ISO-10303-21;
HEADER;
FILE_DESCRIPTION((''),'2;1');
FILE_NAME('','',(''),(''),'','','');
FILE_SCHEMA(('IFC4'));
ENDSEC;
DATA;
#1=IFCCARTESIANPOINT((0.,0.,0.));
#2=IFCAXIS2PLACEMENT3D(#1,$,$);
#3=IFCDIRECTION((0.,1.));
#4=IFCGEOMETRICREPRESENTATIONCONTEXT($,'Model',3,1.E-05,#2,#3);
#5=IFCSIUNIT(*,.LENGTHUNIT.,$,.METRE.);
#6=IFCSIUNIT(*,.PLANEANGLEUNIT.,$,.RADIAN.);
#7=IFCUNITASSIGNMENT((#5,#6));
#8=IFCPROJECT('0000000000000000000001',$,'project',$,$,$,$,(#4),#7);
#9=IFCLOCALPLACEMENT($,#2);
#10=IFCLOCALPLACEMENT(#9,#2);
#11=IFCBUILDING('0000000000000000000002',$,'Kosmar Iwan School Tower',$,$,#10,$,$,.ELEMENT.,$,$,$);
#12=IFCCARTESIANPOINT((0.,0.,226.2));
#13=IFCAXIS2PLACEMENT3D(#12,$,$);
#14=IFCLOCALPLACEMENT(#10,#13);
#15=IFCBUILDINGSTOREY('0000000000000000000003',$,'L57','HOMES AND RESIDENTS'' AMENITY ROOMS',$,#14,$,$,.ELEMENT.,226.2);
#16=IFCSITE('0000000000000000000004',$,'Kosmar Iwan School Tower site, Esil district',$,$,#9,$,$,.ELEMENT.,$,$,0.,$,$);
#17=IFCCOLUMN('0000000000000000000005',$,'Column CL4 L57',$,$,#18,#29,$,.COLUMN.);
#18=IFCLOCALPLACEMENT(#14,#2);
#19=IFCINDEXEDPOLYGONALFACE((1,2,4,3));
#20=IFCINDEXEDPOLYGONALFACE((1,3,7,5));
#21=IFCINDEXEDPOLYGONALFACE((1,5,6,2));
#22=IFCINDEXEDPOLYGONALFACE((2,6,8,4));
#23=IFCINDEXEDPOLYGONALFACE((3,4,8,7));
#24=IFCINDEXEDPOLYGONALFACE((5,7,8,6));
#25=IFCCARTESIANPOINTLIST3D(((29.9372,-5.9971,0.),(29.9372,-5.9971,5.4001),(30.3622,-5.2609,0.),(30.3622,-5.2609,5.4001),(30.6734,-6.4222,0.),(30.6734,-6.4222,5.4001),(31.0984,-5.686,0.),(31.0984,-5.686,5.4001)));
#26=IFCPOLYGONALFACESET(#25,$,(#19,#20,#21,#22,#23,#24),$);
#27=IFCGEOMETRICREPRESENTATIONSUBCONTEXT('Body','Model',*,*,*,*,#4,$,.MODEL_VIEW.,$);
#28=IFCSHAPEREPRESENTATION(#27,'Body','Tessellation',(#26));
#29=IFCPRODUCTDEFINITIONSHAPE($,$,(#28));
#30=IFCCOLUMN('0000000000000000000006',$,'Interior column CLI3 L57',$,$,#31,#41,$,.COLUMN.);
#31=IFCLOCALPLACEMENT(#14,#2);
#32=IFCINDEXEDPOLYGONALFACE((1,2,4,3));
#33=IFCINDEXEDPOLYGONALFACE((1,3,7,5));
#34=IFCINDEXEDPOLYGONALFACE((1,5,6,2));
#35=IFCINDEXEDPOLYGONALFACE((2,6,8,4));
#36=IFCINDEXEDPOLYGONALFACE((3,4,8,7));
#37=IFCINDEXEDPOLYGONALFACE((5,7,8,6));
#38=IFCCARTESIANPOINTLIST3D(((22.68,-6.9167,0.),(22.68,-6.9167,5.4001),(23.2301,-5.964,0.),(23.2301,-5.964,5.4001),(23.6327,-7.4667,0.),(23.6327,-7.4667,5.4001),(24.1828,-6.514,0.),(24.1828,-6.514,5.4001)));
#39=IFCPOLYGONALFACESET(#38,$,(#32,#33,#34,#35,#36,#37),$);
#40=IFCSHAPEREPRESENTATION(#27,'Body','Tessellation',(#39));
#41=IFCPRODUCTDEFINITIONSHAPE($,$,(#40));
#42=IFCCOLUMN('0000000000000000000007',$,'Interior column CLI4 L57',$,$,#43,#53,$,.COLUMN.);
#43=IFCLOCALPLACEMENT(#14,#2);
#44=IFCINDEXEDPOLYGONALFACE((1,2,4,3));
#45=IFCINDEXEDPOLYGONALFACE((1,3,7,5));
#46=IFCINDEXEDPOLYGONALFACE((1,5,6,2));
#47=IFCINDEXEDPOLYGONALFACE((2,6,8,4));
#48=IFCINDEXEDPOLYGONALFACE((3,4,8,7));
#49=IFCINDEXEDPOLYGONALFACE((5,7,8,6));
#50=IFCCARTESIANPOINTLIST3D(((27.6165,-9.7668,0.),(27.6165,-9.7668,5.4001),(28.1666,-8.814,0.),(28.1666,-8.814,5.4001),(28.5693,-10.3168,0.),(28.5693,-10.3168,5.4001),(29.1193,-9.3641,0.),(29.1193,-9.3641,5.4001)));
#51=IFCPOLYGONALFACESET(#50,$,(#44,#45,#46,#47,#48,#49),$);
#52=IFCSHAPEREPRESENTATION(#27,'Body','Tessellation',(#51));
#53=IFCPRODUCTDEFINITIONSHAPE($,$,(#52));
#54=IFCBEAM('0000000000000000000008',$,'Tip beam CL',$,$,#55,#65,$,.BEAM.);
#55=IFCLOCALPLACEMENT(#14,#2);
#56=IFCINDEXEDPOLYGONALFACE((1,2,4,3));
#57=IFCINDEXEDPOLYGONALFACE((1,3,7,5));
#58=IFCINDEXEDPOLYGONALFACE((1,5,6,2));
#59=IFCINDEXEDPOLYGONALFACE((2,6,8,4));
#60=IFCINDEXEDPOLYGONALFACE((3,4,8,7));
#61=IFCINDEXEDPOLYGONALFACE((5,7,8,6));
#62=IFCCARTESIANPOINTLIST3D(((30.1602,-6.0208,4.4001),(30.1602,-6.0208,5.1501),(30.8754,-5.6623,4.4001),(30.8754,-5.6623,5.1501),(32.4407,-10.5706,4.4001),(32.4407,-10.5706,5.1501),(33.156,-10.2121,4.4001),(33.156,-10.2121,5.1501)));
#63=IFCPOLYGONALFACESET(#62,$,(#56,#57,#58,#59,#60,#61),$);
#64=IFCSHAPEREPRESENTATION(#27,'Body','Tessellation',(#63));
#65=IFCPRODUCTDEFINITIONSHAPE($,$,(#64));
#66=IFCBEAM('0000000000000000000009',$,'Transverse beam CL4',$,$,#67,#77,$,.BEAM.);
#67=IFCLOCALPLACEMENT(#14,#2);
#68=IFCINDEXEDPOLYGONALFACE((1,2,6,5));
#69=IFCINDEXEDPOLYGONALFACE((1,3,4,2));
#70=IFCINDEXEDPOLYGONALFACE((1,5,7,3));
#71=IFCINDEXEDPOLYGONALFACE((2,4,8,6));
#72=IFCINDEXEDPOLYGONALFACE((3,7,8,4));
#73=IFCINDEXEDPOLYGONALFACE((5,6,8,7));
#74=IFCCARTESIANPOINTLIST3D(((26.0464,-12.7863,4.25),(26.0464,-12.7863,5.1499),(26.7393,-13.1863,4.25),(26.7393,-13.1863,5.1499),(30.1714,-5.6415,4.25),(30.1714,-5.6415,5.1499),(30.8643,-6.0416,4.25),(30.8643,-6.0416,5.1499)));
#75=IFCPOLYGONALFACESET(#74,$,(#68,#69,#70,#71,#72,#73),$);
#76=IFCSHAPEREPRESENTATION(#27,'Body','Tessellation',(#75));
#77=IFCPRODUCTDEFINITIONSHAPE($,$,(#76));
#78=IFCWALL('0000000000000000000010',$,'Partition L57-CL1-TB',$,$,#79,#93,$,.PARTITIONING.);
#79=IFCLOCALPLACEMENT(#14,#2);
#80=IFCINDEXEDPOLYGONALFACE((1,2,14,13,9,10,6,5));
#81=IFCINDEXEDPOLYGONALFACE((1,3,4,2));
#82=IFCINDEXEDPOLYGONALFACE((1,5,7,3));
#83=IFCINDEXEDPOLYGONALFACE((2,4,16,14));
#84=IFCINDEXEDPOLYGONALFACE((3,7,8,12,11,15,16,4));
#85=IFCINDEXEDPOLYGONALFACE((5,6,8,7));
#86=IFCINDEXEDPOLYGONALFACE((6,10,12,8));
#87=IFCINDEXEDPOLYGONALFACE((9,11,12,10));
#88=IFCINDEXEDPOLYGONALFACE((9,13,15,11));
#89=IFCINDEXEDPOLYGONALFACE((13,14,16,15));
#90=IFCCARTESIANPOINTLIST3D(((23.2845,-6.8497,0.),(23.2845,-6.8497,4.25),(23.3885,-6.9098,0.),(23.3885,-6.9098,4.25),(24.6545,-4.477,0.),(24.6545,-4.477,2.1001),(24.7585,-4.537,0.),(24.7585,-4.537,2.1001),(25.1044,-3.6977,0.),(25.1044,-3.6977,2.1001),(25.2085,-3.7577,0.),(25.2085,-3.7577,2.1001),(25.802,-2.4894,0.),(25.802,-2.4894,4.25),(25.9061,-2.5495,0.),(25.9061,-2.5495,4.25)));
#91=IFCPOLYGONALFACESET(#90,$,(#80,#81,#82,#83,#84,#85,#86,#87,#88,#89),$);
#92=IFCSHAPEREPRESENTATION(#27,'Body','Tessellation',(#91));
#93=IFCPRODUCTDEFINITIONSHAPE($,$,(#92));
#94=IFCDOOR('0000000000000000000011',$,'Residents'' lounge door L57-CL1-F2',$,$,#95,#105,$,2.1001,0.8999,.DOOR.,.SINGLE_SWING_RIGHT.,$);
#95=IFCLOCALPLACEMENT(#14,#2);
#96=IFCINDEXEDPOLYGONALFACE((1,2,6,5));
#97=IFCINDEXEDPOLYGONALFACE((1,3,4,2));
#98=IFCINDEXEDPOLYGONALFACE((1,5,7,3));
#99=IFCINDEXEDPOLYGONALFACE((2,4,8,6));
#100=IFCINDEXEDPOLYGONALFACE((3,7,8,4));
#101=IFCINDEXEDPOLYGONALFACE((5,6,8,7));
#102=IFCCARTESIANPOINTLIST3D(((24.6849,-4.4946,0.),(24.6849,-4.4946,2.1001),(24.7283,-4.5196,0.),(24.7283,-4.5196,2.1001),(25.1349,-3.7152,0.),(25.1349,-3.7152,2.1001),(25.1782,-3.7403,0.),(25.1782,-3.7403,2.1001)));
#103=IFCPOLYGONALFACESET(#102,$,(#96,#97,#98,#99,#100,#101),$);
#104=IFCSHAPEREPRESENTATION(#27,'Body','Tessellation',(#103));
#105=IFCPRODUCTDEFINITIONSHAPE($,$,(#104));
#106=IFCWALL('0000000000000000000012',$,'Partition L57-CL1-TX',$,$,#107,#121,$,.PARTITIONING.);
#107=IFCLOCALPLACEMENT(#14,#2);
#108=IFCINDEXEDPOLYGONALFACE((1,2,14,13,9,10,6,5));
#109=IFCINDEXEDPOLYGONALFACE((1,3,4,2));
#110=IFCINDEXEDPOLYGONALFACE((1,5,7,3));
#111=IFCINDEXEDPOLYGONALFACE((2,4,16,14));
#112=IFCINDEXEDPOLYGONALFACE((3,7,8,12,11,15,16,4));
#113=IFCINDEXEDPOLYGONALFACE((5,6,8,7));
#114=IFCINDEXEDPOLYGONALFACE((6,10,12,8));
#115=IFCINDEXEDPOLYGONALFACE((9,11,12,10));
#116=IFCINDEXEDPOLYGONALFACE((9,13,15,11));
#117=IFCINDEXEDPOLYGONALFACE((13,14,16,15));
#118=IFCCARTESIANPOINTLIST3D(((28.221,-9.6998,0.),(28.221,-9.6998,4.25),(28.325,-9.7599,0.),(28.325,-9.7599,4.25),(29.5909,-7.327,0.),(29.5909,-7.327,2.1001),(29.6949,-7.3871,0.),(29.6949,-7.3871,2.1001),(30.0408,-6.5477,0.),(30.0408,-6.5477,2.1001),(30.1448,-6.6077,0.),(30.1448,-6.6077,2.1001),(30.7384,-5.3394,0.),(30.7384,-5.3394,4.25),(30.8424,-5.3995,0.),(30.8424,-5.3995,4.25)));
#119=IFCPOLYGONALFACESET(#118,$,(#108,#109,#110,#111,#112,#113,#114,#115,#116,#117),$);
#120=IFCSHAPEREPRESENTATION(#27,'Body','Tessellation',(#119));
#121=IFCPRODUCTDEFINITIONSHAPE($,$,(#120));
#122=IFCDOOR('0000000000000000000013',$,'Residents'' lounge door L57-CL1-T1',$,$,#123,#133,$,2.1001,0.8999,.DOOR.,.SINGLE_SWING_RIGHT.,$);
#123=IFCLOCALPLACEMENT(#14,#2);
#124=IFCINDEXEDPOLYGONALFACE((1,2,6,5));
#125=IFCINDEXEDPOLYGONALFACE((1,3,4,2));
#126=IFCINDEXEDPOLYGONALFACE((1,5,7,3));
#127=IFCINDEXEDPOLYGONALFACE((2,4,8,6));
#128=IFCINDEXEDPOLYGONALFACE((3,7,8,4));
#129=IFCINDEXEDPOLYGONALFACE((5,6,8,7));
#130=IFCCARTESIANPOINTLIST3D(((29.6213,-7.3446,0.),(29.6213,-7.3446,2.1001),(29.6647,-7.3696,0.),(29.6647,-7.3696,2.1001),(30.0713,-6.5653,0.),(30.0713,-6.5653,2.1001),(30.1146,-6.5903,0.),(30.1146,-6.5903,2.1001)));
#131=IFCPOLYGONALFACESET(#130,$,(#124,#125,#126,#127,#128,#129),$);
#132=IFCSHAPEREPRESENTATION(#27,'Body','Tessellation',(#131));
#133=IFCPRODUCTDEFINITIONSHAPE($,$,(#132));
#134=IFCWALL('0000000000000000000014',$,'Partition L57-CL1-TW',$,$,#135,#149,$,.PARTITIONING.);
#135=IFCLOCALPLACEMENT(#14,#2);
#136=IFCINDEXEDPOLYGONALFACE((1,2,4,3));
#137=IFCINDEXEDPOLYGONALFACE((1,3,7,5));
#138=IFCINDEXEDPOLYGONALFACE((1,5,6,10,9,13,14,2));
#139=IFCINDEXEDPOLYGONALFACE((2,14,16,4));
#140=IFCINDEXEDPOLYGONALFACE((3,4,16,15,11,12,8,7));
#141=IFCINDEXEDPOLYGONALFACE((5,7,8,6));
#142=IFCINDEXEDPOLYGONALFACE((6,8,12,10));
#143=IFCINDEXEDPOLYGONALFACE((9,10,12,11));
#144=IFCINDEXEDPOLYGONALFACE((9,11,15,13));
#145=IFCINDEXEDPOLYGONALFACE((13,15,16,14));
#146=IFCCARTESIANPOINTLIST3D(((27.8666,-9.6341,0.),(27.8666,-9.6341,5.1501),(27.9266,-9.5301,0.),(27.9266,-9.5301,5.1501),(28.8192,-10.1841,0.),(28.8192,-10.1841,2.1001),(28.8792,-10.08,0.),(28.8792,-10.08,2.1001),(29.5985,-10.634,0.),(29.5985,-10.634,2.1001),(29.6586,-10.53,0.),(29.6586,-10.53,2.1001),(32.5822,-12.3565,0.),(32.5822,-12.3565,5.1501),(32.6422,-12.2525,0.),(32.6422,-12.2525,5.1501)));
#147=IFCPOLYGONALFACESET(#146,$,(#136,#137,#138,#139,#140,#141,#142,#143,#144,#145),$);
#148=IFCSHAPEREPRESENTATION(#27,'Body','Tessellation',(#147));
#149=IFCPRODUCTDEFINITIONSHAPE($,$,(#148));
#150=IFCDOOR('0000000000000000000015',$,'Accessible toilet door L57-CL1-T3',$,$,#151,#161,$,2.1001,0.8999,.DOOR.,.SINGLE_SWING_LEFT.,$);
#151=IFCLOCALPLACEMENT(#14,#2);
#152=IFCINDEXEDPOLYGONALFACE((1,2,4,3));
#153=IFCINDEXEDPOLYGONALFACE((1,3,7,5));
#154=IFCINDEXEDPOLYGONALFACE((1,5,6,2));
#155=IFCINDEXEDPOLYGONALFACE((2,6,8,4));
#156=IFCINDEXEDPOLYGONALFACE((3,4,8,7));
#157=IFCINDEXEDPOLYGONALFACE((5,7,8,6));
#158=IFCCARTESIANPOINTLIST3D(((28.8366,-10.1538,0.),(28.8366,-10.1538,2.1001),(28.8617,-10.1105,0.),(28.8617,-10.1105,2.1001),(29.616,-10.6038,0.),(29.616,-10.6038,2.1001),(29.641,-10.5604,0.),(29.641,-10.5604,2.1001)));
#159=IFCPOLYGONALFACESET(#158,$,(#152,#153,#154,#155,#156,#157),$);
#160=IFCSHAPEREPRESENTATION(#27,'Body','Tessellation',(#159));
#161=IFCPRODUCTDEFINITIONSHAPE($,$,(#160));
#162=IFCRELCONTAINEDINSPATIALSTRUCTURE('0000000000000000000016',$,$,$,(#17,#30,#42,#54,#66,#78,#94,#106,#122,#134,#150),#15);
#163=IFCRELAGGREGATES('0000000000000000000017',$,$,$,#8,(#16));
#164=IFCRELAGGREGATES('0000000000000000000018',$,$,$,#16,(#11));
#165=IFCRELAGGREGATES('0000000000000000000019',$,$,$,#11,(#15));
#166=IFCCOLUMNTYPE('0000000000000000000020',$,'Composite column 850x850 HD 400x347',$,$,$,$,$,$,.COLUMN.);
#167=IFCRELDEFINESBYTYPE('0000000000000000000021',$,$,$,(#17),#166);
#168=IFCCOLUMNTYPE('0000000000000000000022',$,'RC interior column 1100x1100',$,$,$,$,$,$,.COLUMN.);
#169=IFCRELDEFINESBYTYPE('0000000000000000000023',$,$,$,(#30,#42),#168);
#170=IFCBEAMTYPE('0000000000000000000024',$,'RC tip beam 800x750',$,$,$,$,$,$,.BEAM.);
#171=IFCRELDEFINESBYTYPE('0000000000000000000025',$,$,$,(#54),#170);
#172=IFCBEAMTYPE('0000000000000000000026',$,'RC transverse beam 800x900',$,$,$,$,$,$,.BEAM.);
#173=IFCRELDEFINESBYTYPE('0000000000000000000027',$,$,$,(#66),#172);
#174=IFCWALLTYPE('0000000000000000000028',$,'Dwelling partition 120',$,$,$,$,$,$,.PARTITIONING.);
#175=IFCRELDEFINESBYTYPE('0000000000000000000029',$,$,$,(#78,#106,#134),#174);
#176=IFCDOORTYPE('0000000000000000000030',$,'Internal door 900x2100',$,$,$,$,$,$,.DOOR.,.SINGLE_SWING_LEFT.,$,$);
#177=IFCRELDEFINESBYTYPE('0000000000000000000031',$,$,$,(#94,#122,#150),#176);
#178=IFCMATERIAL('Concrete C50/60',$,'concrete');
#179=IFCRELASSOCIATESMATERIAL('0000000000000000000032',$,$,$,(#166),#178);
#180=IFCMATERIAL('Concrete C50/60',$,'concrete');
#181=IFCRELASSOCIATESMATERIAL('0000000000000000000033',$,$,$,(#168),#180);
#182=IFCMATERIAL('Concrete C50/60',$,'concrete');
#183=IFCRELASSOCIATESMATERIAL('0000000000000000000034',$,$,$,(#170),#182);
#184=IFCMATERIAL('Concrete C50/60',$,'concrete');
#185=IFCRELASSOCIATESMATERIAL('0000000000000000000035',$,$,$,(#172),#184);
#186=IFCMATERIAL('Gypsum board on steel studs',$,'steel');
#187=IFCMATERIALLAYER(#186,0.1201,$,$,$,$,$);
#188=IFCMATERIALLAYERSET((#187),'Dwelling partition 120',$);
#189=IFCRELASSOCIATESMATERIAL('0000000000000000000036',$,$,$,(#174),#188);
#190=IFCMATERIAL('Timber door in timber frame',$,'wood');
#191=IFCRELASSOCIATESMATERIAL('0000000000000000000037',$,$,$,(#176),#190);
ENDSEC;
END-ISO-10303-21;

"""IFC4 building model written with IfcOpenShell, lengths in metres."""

from ifc_helpers import new_model, si_unit, direction, frame, frame_2d, origin, origin_2d, place, context, subcontext, project, spatial, rectangle, extrude, material, layer, layer_set, material_profile, profile_set, type_object, element, fill, save


model = new_model("IFC4")

# Units and contexts
model_context = context("Model", 3, precision=1e-05, world=origin(), true_north=direction((0.0, 1.0)))
body_context = subcontext(model_context, "Body", "Model", "MODEL_VIEW")
ifc_project = project(units=[si_unit("LENGTHUNIT", "METRE"), si_unit("PLANEANGLEUNIT", "RADIAN")], contexts=[model_context])

# Site, building, storey
site_placement = place(None, origin())
site = spatial("IfcSite", under=ifc_project, at=site_placement, Name="Kosmar Iwan School Tower site, Esil district", CompositionType="ELEMENT", RefElevation=0.0)
building_placement = place(site_placement, origin())
building = spatial("IfcBuilding", under=site, at=building_placement, Name="Kosmar Iwan School Tower", CompositionType="ELEMENT")
storey_placement = place(building_placement, frame((0.0, 0.0, 226.2)))
storey = spatial("IfcBuildingStorey", under=building, at=storey_placement, Name="L57", Description="HOMES AND RESIDENTS' AMENITY ROOMS", CompositionType="ELEMENT", Elevation=226.2)

# Columns
ifc_material_1 = material(Name="Concrete C50/60", Category="concrete")
ifc_material_profile_1 = material_profile(ifc_material_1, rectangle(XDim=0.8501, YDim=0.8501, at=origin_2d()), Name="RC 850x850 + HD 400x347")
ifc_profile_set_1 = profile_set([ifc_material_profile_1], Name="Concrete C50/60")
column_type_1 = type_object("IfcColumnType", Name="Composite column 850x850 HD 400x347", PredefinedType="COLUMN", material=ifc_profile_set_1)
column_placement = place(storey_placement, frame((30.5178, -5.8416, 0.0), z_axis=(0.0, 0.0, 1.0), x_axis=(0.866025, -0.5, 0.0)))
element("IfcColumn", 1, at=column_placement, inside=storey, type_object=column_type_1, Name="Column CL4 L57", PredefinedType="COLUMN", context=body_context, shape_type="SweptSolid", body=[
    extrude(rectangle(XDim=0.8501, YDim=0.8501, at=origin_2d()), origin(), (0.0, 0.0, 1.0), 5.4001),
])
ifc_material_2 = material(Name="Concrete C50/60", Category="concrete")
ifc_material_profile_2 = material_profile(ifc_material_2, rectangle(XDim=1.1001, YDim=1.1001, at=origin_2d()), Name="RC 1100x1100")
ifc_profile_set_2 = profile_set([ifc_material_profile_2], Name="Concrete C50/60")
column_type_2 = type_object("IfcColumnType", Name="RC interior column 1100x1100", PredefinedType="COLUMN", material=ifc_profile_set_2)
for number, where, z_axis, x_axis, name in (
    (2, (23.4314, -6.7153, 0.0), (0.0, 0.0, 1.0), (0.866025, -0.5, 0.0), "Interior column CLI3 L57"),
    (3, (28.3679, -9.5654, 0.0), (0.0, 0.0, 1.0), (0.866025, -0.5, 0.0), "Interior column CLI4 L57"),
):
    element("IfcColumn", number, at=place(storey_placement, frame(where, z_axis=z_axis, x_axis=x_axis)), inside=storey, type_object=column_type_2, Name=name, PredefinedType="COLUMN", context=body_context, shape_type="SweptSolid", body=[
        extrude(rectangle(XDim=1.1001, YDim=1.1001, at=origin_2d()), origin(), (0.0, 0.0, 1.0), 5.4001),
    ])

# Beams
ifc_material_3 = material(Name="Concrete C50/60", Category="concrete")
ifc_material_profile_3 = material_profile(ifc_material_3, rectangle(XDim=0.8, YDim=0.75, at=origin_2d()), Name="RC 800x750")
ifc_profile_set_3 = profile_set([ifc_material_profile_3], Name="Concrete C50/60")
beam_type_1 = type_object("IfcBeamType", Name="RC tip beam 800x750", PredefinedType="BEAM", material=ifc_profile_set_3)
beam_1_placement = place(storey_placement, frame((30.5178, -5.8416, 4.7751), z_axis=(0.448096, -0.893985, 0.0), x_axis=(0.893985, 0.448096, 0.0)))
element("IfcBeam", 4, at=beam_1_placement, inside=storey, type_object=beam_type_1, Name="Tip beam CL", PredefinedType="BEAM", context=body_context, shape_type="SweptSolid", body=[
    extrude(rectangle(XDim=0.8, YDim=0.75, at=origin_2d()), origin(), (0.0, 0.0, 1.0), 5.0894),
])
ifc_material_4 = material(Name="Concrete C50/60", Category="concrete")
ifc_material_profile_4 = material_profile(ifc_material_4, rectangle(XDim=0.8, YDim=0.8999, at=origin_2d()), Name="RC 800x900")
ifc_profile_set_4 = profile_set([ifc_material_profile_4], Name="Concrete C50/60")
beam_type_2 = type_object("IfcBeamType", Name="RC transverse beam 800x900", PredefinedType="BEAM", material=ifc_profile_set_4)
beam_2_placement = place(storey_placement, frame((30.5178, -5.8416, 4.7), z_axis=(-0.499997, -0.866027, 0.0), x_axis=(0.866027, -0.499997, 0.0)))
element("IfcBeam", 5, at=beam_2_placement, inside=storey, type_object=beam_type_2, Name="Transverse beam CL4", PredefinedType="BEAM", context=body_context, shape_type="SweptSolid", body=[
    extrude(rectangle(XDim=0.8, YDim=0.8999, at=origin_2d()), origin(), (0.0, 0.0, 1.0), 8.25),
])

# Walls, openings, doors
ifc_material_5 = material(Name="Gypsum board on steel studs", Category="steel")
ifc_layer_1 = layer(ifc_material_5, 0.1201)
ifc_layer_set_1 = layer_set([ifc_layer_1], Name="Dwelling partition 120")
wall_type_1 = type_object("IfcWallType", Name="Dwelling partition 120", PredefinedType="PARTITIONING", material=ifc_layer_set_1)
wall_1_placement = place(storey_placement, frame((23.3364, -6.8799, 0.0), z_axis=(0.0, 0.0, 1.0), x_axis=(0.500019, 0.866014, 0.0)))
wall_1 = element("IfcWall", 6, at=wall_1_placement, inside=storey, type_object=wall_type_1, Name="Partition L57-CL1-TB", PredefinedType="PARTITIONING", context=body_context, shape_type="SweptSolid", body=[
    extrude(rectangle(XDim=5.0349, YDim=0.1201, at=frame_2d((2.5176, 0.0))), origin(), (0.0, 0.0, 1.0), 4.25),
])
opening_1_placement = place(wall_1_placement, frame((2.74, 0.0, 0.0)))
opening_1 = element("IfcOpeningElement", 7, at=opening_1_placement, cuts=wall_1, PredefinedType="OPENING", context=body_context, shape_type="SweptSolid", body=[
    extrude(rectangle(XDim=0.8999, YDim=2.1001, at=frame_2d((0.45, 1.05))), frame((0.0, 0.072, 0.0), z_axis=(0.0, -1.0, 0.0), x_axis=(1.0, 0.0, 0.0)), (0.0, 0.0, 1.0), 0.144),
])
ifc_material_6 = material(Name="Timber door in timber frame", Category="wood")
door_type = type_object("IfcDoorType", Name="Internal door 900x2100", OperationType="SINGLE_SWING_LEFT", PredefinedType="DOOR", material=ifc_material_6)
door_1_placement = place(opening_1_placement, origin())
door_1 = element("IfcDoor", 8, at=door_1_placement, inside=storey, type_object=door_type, Name="Residents' lounge door L57-CL1-F2", OperationType="SINGLE_SWING_RIGHT", OverallHeight=2.1001, OverallWidth=0.8999, PredefinedType="DOOR", context=body_context, shape_type="SweptSolid", body=[
    extrude(rectangle(XDim=0.8999, YDim=2.1001, at=frame_2d((0.45, 1.05))), frame((0.0, 0.0249, 0.0), z_axis=(0.0, -1.0, 0.0), x_axis=(1.0, 0.0, 0.0)), (0.0, 0.0, 1.0), 0.05),
])
fill(opening_1, door_1)
wall_2_placement = place(storey_placement, frame((28.2729, -9.73, 0.0), z_axis=(0.0, 0.0, 1.0), x_axis=(0.499983, 0.866035, 0.0)))
wall_2 = element("IfcWall", 9, at=wall_2_placement, inside=storey, type_object=wall_type_1, Name="Partition L57-CL1-TX", PredefinedType="PARTITIONING", context=body_context, shape_type="SweptSolid", body=[
    extrude(rectangle(XDim=5.0349, YDim=0.1201, at=frame_2d((2.5176, 0.0))), origin(), (0.0, 0.0, 1.0), 4.25),
])
opening_2_placement = place(wall_2_placement, frame((2.74, 0.0, 0.0)))
opening_2 = element("IfcOpeningElement", 10, at=opening_2_placement, cuts=wall_2, PredefinedType="OPENING", context=body_context, shape_type="SweptSolid", body=[
    extrude(rectangle(XDim=0.8999, YDim=2.1001, at=frame_2d((0.45, 1.05))), frame((0.0, 0.072, 0.0), z_axis=(0.0, -1.0, 0.0), x_axis=(1.0, 0.0, 0.0)), (0.0, 0.0, 1.0), 0.144),
])
door_2_placement = place(opening_2_placement, origin())
door_2 = element("IfcDoor", 11, at=door_2_placement, inside=storey, type_object=door_type, Name="Residents' lounge door L57-CL1-T1", OperationType="SINGLE_SWING_RIGHT", OverallHeight=2.1001, OverallWidth=0.8999, PredefinedType="DOOR", context=body_context, shape_type="SweptSolid", body=[
    extrude(rectangle(XDim=0.8999, YDim=2.1001, at=frame_2d((0.45, 1.05))), frame((0.0, 0.0249, 0.0), z_axis=(0.0, -1.0, 0.0), x_axis=(1.0, 0.0, 0.0)), (0.0, 0.0, 1.0), 0.05),
])
fill(opening_2, door_2)
wall_3_placement = place(storey_placement, frame((27.8965, -9.582, 0.0), z_axis=(0.0, 0.0, 1.0), x_axis=(0.866036, -0.499982, 0.0)))
wall_3 = element("IfcWall", 12, at=wall_3_placement, inside=storey, type_object=wall_type_1, Name="Partition L57-CL1-TW", PredefinedType="PARTITIONING", context=body_context, shape_type="SweptSolid", body=[
    extrude(rectangle(XDim=5.4451, YDim=0.1201, at=frame_2d((2.7227, 0.0))), origin(), (0.0, 0.0, 1.0), 5.1501),
])
opening_3_placement = place(wall_3_placement, frame((1.1001, 0.0, 0.0)))
opening_3 = element("IfcOpeningElement", 13, at=opening_3_placement, cuts=wall_3, PredefinedType="OPENING", context=body_context, shape_type="SweptSolid", body=[
    extrude(rectangle(XDim=0.8999, YDim=2.1001, at=frame_2d((0.45, 1.05))), frame((0.0, 0.072, 0.0), z_axis=(0.0, -1.0, 0.0), x_axis=(1.0, 0.0, 0.0)), (0.0, 0.0, 1.0), 0.144),
])
door_3_placement = place(opening_3_placement, origin())
door_3 = element("IfcDoor", 14, at=door_3_placement, inside=storey, type_object=door_type, Name="Accessible toilet door L57-CL1-T3", OperationType="SINGLE_SWING_LEFT", OverallHeight=2.1001, OverallWidth=0.8999, PredefinedType="DOOR", context=body_context, shape_type="SweptSolid", body=[
    extrude(rectangle(XDim=0.8999, YDim=2.1001, at=frame_2d((0.45, 1.05))), frame((0.0, 0.0249, 0.0), z_axis=(0.0, -1.0, 0.0), x_axis=(1.0, 0.0, 0.0)), (0.0, 0.0, 1.0), 0.05),
])
fill(opening_3, door_3)

save(model, "model.ifc")
